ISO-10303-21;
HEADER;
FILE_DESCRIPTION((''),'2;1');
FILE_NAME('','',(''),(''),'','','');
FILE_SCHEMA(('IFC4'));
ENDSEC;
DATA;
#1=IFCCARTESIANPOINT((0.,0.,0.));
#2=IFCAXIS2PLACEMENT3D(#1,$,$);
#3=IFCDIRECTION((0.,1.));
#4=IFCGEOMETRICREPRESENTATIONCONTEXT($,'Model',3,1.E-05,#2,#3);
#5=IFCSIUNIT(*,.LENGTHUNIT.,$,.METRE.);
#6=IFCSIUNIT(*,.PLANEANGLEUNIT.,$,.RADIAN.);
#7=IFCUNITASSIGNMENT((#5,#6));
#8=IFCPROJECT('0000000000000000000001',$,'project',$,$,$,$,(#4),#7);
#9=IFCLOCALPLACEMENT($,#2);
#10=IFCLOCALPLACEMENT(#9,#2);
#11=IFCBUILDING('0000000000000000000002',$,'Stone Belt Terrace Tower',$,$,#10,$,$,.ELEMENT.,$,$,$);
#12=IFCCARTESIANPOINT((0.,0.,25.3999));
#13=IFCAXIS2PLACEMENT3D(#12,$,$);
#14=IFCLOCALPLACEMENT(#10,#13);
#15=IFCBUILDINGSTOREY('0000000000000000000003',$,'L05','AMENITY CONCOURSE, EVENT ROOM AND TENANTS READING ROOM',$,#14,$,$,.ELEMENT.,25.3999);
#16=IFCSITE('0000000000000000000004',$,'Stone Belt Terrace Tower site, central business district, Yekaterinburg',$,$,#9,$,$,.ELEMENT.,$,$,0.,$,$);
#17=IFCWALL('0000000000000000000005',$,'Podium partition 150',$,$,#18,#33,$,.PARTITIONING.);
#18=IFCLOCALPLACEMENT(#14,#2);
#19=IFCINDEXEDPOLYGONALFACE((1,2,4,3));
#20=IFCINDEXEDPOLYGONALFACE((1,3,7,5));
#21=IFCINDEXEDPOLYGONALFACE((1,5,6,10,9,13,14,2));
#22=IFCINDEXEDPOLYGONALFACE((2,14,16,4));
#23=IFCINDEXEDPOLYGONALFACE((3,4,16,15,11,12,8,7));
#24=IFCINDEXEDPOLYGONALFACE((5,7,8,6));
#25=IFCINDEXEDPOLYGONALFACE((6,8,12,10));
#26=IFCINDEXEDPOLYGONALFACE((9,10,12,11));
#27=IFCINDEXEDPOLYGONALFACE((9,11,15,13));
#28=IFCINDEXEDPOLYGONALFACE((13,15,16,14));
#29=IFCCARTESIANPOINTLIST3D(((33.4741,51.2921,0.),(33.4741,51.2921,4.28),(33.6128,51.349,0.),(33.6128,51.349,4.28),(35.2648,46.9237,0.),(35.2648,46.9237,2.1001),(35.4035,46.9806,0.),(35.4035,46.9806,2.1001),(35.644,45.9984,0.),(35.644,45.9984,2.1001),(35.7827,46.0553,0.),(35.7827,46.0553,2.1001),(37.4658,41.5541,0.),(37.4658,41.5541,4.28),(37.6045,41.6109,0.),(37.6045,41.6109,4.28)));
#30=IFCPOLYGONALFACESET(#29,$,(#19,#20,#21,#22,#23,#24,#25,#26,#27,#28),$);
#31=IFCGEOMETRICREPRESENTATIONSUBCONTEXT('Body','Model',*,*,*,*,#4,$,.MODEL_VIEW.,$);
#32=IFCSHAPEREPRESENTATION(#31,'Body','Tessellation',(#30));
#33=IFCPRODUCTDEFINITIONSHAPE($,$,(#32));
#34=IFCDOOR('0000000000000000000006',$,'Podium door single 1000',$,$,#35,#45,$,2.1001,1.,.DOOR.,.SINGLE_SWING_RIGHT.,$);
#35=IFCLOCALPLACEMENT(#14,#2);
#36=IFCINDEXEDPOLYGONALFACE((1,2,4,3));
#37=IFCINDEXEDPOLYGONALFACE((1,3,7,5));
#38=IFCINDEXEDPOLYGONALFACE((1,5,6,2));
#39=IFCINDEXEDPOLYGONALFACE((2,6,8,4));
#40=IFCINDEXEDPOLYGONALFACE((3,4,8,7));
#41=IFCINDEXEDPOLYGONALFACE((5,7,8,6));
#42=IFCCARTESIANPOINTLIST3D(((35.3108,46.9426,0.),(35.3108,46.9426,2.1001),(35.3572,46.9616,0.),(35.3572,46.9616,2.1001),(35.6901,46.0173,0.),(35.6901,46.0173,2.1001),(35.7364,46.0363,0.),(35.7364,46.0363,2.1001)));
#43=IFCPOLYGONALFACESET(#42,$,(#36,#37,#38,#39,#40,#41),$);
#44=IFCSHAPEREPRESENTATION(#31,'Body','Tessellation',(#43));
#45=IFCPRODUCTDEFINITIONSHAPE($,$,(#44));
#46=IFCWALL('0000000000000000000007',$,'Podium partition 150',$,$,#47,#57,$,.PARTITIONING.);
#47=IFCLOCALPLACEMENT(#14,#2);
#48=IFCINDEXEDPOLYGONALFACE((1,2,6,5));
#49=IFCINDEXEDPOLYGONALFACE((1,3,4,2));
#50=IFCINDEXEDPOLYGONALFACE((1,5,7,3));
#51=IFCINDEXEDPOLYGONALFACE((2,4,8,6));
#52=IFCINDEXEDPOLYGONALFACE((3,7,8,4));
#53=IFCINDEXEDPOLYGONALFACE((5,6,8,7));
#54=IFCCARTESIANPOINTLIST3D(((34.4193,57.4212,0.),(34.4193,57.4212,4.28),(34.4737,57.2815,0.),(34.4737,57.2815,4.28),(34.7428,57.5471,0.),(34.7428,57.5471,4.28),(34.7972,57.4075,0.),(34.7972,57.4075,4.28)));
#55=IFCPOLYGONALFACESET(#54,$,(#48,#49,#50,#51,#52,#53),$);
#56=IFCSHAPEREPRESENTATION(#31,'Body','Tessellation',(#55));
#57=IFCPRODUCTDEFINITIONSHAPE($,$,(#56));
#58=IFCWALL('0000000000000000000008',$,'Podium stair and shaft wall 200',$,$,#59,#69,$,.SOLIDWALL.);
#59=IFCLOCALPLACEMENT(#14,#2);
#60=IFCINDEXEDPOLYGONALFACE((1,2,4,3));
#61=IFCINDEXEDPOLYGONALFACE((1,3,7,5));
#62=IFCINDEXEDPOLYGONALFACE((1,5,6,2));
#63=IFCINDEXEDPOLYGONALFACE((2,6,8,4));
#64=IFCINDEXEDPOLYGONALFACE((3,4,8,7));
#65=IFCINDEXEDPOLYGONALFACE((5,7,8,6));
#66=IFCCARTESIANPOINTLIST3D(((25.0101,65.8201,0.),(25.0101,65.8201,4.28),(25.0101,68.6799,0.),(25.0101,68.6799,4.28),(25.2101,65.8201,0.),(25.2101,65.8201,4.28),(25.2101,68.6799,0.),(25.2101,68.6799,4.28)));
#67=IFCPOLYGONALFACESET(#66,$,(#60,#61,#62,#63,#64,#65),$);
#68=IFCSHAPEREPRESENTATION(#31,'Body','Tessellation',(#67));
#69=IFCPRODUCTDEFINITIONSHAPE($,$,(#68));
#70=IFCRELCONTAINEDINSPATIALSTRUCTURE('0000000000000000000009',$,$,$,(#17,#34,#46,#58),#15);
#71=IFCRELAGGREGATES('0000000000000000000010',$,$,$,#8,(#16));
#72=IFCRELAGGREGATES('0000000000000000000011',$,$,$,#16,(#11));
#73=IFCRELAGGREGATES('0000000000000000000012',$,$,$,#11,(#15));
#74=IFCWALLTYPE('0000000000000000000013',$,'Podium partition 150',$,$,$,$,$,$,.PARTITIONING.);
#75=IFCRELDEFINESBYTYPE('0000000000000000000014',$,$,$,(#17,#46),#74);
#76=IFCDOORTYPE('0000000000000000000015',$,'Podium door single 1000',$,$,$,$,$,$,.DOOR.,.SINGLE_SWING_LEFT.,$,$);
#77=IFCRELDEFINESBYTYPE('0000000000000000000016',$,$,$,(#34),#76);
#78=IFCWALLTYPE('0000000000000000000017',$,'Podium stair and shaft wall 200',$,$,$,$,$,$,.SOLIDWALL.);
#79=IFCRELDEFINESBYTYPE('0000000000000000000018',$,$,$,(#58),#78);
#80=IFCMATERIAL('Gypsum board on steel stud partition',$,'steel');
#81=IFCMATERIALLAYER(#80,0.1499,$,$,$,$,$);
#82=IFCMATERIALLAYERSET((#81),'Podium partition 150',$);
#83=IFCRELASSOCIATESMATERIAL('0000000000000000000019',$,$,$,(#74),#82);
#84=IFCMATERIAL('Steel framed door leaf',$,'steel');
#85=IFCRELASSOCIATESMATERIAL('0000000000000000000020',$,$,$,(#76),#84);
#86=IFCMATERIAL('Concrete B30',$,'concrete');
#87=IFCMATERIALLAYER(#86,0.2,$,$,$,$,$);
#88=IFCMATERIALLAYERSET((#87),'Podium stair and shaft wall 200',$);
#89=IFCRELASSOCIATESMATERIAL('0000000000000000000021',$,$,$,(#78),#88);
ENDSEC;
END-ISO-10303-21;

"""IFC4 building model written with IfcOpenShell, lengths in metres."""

from ifc_helpers import new_model, si_unit, direction, frame, frame_2d, origin, place, context, subcontext, project, spatial, rectangle, extrude, material, layer, layer_set, type_object, element, fill, save


model = new_model("IFC4")

# Units and contexts
model_context = context("Model", 3, precision=1e-05, world=origin(), true_north=direction((0.0, 1.0)))
body_context = subcontext(model_context, "Body", "Model", "MODEL_VIEW")
ifc_project = project(units=[si_unit("LENGTHUNIT", "METRE"), si_unit("PLANEANGLEUNIT", "RADIAN")], contexts=[model_context])

# Site, building, storey
site_placement = place(None, origin())
site = spatial("IfcSite", under=ifc_project, at=site_placement, Name="Stone Belt Terrace Tower site, central business district, Yekaterinburg", CompositionType="ELEMENT", RefElevation=0.0)
building_placement = place(site_placement, origin())
building = spatial("IfcBuilding", under=site, at=building_placement, Name="Stone Belt Terrace Tower", CompositionType="ELEMENT")
storey_placement = place(building_placement, frame((0.0, 0.0, 25.3999)))
storey = spatial("IfcBuildingStorey", under=building, at=storey_placement, Name="L05", Description="AMENITY CONCOURSE, EVENT ROOM AND TENANTS READING ROOM", CompositionType="ELEMENT", Elevation=25.3999)

# Shared definitions
ifc_material_1 = material(Name="Gypsum board on steel stud partition", Category="steel")
ifc_layer_1 = layer(ifc_material_1, 0.1499)
ifc_layer_set_1 = layer_set([ifc_layer_1], Name="Podium partition 150")
wall_type_1 = type_object("IfcWallType", Name="Podium partition 150", PredefinedType="PARTITIONING", material=ifc_layer_set_1)

# Wall, opening, door
wall_1_placement = place(storey_placement, frame((33.5435, 51.3206, 0.0), z_axis=(0.0, 0.0, 1.0), x_axis=(0.37928, -0.925282, 0.0)))
wall_1 = element("IfcWall", 1, at=wall_1_placement, inside=storey, type_object=wall_type_1, Name="Podium partition 150", PredefinedType="PARTITIONING", context=body_context, shape_type="SweptSolid", body=[
    extrude(rectangle(XDim=10.5244, YDim=0.1499, at=frame_2d((5.2622, 0.0))), origin(), (0.0, 0.0, 1.0), 4.28),
])
opening_1_placement = place(wall_1_placement, frame((4.7212, 0.0, 0.0)))
opening_1 = element("IfcOpeningElement", 2, at=opening_1_placement, cuts=wall_1, PredefinedType="OPENING", context=body_context, shape_type="SweptSolid", body=[
    extrude(rectangle(XDim=1.0, YDim=2.1001, at=frame_2d((0.5, 1.05))), frame((0.0, 0.085, 0.0), z_axis=(0.0, -1.0, 0.0), x_axis=(1.0, 0.0, 0.0)), (0.0, 0.0, 1.0), 0.1699),
])
ifc_material_2 = material(Name="Steel framed door leaf", Category="steel")
door_type_1 = type_object("IfcDoorType", Name="Podium door single 1000", OperationType="SINGLE_SWING_LEFT", PredefinedType="DOOR", material=ifc_material_2)
door_1_placement = place(opening_1_placement, origin())
door_1 = element("IfcDoor", 3, at=door_1_placement, inside=storey, type_object=door_type_1, Name="Podium door single 1000", OperationType="SINGLE_SWING_RIGHT", OverallHeight=2.1001, OverallWidth=1.0, PredefinedType="DOOR", context=body_context, shape_type="SweptSolid", body=[
    extrude(rectangle(XDim=1.0, YDim=2.1001, at=frame_2d((0.5, 1.05))), frame((0.0, 0.0249, 0.0), z_axis=(0.0, -1.0, 0.0), x_axis=(1.0, 0.0, 0.0)), (0.0, 0.0, 1.0), 0.05),
])
fill(opening_1, door_1)

# Walls
wall_2_placement = place(storey_placement, frame((34.4465, 57.3513, 0.0), z_axis=(0.0, 0.0, 1.0), x_axis=(0.931833, 0.362887, 0.0)))
element("IfcWall", 4, at=wall_2_placement, inside=storey, type_object=wall_type_1, Name="Podium partition 150", PredefinedType="PARTITIONING", context=body_context, shape_type="SweptSolid", body=[
    extrude(rectangle(XDim=0.3472, YDim=0.1499, at=frame_2d((0.1736, 0.0))), origin(), (0.0, 0.0, 1.0), 4.28),
])
ifc_material_3 = material(Name="Concrete B30", Category="concrete")
ifc_layer_2 = layer(ifc_material_3, 0.2)
ifc_layer_set_2 = layer_set([ifc_layer_2], Name="Podium stair and shaft wall 200")
wall_type_2 = type_object("IfcWallType", Name="Podium stair and shaft wall 200", PredefinedType="SOLIDWALL", material=ifc_layer_set_2)
wall_3_placement = place(storey_placement, frame((25.1101, 65.8201, 0.0), z_axis=(0.0, 0.0, 1.0), x_axis=(0.0, 1.0, 0.0)))
element("IfcWall", 5, at=wall_3_placement, inside=storey, type_object=wall_type_2, Name="Podium stair and shaft wall 200", PredefinedType="SOLIDWALL", context=body_context, shape_type="SweptSolid", body=[
    extrude(rectangle(XDim=2.8599, YDim=0.2, at=frame_2d((1.4299, 0.0))), origin(), (0.0, 0.0, 1.0), 4.28),
])

save(model, "model.ifc")
